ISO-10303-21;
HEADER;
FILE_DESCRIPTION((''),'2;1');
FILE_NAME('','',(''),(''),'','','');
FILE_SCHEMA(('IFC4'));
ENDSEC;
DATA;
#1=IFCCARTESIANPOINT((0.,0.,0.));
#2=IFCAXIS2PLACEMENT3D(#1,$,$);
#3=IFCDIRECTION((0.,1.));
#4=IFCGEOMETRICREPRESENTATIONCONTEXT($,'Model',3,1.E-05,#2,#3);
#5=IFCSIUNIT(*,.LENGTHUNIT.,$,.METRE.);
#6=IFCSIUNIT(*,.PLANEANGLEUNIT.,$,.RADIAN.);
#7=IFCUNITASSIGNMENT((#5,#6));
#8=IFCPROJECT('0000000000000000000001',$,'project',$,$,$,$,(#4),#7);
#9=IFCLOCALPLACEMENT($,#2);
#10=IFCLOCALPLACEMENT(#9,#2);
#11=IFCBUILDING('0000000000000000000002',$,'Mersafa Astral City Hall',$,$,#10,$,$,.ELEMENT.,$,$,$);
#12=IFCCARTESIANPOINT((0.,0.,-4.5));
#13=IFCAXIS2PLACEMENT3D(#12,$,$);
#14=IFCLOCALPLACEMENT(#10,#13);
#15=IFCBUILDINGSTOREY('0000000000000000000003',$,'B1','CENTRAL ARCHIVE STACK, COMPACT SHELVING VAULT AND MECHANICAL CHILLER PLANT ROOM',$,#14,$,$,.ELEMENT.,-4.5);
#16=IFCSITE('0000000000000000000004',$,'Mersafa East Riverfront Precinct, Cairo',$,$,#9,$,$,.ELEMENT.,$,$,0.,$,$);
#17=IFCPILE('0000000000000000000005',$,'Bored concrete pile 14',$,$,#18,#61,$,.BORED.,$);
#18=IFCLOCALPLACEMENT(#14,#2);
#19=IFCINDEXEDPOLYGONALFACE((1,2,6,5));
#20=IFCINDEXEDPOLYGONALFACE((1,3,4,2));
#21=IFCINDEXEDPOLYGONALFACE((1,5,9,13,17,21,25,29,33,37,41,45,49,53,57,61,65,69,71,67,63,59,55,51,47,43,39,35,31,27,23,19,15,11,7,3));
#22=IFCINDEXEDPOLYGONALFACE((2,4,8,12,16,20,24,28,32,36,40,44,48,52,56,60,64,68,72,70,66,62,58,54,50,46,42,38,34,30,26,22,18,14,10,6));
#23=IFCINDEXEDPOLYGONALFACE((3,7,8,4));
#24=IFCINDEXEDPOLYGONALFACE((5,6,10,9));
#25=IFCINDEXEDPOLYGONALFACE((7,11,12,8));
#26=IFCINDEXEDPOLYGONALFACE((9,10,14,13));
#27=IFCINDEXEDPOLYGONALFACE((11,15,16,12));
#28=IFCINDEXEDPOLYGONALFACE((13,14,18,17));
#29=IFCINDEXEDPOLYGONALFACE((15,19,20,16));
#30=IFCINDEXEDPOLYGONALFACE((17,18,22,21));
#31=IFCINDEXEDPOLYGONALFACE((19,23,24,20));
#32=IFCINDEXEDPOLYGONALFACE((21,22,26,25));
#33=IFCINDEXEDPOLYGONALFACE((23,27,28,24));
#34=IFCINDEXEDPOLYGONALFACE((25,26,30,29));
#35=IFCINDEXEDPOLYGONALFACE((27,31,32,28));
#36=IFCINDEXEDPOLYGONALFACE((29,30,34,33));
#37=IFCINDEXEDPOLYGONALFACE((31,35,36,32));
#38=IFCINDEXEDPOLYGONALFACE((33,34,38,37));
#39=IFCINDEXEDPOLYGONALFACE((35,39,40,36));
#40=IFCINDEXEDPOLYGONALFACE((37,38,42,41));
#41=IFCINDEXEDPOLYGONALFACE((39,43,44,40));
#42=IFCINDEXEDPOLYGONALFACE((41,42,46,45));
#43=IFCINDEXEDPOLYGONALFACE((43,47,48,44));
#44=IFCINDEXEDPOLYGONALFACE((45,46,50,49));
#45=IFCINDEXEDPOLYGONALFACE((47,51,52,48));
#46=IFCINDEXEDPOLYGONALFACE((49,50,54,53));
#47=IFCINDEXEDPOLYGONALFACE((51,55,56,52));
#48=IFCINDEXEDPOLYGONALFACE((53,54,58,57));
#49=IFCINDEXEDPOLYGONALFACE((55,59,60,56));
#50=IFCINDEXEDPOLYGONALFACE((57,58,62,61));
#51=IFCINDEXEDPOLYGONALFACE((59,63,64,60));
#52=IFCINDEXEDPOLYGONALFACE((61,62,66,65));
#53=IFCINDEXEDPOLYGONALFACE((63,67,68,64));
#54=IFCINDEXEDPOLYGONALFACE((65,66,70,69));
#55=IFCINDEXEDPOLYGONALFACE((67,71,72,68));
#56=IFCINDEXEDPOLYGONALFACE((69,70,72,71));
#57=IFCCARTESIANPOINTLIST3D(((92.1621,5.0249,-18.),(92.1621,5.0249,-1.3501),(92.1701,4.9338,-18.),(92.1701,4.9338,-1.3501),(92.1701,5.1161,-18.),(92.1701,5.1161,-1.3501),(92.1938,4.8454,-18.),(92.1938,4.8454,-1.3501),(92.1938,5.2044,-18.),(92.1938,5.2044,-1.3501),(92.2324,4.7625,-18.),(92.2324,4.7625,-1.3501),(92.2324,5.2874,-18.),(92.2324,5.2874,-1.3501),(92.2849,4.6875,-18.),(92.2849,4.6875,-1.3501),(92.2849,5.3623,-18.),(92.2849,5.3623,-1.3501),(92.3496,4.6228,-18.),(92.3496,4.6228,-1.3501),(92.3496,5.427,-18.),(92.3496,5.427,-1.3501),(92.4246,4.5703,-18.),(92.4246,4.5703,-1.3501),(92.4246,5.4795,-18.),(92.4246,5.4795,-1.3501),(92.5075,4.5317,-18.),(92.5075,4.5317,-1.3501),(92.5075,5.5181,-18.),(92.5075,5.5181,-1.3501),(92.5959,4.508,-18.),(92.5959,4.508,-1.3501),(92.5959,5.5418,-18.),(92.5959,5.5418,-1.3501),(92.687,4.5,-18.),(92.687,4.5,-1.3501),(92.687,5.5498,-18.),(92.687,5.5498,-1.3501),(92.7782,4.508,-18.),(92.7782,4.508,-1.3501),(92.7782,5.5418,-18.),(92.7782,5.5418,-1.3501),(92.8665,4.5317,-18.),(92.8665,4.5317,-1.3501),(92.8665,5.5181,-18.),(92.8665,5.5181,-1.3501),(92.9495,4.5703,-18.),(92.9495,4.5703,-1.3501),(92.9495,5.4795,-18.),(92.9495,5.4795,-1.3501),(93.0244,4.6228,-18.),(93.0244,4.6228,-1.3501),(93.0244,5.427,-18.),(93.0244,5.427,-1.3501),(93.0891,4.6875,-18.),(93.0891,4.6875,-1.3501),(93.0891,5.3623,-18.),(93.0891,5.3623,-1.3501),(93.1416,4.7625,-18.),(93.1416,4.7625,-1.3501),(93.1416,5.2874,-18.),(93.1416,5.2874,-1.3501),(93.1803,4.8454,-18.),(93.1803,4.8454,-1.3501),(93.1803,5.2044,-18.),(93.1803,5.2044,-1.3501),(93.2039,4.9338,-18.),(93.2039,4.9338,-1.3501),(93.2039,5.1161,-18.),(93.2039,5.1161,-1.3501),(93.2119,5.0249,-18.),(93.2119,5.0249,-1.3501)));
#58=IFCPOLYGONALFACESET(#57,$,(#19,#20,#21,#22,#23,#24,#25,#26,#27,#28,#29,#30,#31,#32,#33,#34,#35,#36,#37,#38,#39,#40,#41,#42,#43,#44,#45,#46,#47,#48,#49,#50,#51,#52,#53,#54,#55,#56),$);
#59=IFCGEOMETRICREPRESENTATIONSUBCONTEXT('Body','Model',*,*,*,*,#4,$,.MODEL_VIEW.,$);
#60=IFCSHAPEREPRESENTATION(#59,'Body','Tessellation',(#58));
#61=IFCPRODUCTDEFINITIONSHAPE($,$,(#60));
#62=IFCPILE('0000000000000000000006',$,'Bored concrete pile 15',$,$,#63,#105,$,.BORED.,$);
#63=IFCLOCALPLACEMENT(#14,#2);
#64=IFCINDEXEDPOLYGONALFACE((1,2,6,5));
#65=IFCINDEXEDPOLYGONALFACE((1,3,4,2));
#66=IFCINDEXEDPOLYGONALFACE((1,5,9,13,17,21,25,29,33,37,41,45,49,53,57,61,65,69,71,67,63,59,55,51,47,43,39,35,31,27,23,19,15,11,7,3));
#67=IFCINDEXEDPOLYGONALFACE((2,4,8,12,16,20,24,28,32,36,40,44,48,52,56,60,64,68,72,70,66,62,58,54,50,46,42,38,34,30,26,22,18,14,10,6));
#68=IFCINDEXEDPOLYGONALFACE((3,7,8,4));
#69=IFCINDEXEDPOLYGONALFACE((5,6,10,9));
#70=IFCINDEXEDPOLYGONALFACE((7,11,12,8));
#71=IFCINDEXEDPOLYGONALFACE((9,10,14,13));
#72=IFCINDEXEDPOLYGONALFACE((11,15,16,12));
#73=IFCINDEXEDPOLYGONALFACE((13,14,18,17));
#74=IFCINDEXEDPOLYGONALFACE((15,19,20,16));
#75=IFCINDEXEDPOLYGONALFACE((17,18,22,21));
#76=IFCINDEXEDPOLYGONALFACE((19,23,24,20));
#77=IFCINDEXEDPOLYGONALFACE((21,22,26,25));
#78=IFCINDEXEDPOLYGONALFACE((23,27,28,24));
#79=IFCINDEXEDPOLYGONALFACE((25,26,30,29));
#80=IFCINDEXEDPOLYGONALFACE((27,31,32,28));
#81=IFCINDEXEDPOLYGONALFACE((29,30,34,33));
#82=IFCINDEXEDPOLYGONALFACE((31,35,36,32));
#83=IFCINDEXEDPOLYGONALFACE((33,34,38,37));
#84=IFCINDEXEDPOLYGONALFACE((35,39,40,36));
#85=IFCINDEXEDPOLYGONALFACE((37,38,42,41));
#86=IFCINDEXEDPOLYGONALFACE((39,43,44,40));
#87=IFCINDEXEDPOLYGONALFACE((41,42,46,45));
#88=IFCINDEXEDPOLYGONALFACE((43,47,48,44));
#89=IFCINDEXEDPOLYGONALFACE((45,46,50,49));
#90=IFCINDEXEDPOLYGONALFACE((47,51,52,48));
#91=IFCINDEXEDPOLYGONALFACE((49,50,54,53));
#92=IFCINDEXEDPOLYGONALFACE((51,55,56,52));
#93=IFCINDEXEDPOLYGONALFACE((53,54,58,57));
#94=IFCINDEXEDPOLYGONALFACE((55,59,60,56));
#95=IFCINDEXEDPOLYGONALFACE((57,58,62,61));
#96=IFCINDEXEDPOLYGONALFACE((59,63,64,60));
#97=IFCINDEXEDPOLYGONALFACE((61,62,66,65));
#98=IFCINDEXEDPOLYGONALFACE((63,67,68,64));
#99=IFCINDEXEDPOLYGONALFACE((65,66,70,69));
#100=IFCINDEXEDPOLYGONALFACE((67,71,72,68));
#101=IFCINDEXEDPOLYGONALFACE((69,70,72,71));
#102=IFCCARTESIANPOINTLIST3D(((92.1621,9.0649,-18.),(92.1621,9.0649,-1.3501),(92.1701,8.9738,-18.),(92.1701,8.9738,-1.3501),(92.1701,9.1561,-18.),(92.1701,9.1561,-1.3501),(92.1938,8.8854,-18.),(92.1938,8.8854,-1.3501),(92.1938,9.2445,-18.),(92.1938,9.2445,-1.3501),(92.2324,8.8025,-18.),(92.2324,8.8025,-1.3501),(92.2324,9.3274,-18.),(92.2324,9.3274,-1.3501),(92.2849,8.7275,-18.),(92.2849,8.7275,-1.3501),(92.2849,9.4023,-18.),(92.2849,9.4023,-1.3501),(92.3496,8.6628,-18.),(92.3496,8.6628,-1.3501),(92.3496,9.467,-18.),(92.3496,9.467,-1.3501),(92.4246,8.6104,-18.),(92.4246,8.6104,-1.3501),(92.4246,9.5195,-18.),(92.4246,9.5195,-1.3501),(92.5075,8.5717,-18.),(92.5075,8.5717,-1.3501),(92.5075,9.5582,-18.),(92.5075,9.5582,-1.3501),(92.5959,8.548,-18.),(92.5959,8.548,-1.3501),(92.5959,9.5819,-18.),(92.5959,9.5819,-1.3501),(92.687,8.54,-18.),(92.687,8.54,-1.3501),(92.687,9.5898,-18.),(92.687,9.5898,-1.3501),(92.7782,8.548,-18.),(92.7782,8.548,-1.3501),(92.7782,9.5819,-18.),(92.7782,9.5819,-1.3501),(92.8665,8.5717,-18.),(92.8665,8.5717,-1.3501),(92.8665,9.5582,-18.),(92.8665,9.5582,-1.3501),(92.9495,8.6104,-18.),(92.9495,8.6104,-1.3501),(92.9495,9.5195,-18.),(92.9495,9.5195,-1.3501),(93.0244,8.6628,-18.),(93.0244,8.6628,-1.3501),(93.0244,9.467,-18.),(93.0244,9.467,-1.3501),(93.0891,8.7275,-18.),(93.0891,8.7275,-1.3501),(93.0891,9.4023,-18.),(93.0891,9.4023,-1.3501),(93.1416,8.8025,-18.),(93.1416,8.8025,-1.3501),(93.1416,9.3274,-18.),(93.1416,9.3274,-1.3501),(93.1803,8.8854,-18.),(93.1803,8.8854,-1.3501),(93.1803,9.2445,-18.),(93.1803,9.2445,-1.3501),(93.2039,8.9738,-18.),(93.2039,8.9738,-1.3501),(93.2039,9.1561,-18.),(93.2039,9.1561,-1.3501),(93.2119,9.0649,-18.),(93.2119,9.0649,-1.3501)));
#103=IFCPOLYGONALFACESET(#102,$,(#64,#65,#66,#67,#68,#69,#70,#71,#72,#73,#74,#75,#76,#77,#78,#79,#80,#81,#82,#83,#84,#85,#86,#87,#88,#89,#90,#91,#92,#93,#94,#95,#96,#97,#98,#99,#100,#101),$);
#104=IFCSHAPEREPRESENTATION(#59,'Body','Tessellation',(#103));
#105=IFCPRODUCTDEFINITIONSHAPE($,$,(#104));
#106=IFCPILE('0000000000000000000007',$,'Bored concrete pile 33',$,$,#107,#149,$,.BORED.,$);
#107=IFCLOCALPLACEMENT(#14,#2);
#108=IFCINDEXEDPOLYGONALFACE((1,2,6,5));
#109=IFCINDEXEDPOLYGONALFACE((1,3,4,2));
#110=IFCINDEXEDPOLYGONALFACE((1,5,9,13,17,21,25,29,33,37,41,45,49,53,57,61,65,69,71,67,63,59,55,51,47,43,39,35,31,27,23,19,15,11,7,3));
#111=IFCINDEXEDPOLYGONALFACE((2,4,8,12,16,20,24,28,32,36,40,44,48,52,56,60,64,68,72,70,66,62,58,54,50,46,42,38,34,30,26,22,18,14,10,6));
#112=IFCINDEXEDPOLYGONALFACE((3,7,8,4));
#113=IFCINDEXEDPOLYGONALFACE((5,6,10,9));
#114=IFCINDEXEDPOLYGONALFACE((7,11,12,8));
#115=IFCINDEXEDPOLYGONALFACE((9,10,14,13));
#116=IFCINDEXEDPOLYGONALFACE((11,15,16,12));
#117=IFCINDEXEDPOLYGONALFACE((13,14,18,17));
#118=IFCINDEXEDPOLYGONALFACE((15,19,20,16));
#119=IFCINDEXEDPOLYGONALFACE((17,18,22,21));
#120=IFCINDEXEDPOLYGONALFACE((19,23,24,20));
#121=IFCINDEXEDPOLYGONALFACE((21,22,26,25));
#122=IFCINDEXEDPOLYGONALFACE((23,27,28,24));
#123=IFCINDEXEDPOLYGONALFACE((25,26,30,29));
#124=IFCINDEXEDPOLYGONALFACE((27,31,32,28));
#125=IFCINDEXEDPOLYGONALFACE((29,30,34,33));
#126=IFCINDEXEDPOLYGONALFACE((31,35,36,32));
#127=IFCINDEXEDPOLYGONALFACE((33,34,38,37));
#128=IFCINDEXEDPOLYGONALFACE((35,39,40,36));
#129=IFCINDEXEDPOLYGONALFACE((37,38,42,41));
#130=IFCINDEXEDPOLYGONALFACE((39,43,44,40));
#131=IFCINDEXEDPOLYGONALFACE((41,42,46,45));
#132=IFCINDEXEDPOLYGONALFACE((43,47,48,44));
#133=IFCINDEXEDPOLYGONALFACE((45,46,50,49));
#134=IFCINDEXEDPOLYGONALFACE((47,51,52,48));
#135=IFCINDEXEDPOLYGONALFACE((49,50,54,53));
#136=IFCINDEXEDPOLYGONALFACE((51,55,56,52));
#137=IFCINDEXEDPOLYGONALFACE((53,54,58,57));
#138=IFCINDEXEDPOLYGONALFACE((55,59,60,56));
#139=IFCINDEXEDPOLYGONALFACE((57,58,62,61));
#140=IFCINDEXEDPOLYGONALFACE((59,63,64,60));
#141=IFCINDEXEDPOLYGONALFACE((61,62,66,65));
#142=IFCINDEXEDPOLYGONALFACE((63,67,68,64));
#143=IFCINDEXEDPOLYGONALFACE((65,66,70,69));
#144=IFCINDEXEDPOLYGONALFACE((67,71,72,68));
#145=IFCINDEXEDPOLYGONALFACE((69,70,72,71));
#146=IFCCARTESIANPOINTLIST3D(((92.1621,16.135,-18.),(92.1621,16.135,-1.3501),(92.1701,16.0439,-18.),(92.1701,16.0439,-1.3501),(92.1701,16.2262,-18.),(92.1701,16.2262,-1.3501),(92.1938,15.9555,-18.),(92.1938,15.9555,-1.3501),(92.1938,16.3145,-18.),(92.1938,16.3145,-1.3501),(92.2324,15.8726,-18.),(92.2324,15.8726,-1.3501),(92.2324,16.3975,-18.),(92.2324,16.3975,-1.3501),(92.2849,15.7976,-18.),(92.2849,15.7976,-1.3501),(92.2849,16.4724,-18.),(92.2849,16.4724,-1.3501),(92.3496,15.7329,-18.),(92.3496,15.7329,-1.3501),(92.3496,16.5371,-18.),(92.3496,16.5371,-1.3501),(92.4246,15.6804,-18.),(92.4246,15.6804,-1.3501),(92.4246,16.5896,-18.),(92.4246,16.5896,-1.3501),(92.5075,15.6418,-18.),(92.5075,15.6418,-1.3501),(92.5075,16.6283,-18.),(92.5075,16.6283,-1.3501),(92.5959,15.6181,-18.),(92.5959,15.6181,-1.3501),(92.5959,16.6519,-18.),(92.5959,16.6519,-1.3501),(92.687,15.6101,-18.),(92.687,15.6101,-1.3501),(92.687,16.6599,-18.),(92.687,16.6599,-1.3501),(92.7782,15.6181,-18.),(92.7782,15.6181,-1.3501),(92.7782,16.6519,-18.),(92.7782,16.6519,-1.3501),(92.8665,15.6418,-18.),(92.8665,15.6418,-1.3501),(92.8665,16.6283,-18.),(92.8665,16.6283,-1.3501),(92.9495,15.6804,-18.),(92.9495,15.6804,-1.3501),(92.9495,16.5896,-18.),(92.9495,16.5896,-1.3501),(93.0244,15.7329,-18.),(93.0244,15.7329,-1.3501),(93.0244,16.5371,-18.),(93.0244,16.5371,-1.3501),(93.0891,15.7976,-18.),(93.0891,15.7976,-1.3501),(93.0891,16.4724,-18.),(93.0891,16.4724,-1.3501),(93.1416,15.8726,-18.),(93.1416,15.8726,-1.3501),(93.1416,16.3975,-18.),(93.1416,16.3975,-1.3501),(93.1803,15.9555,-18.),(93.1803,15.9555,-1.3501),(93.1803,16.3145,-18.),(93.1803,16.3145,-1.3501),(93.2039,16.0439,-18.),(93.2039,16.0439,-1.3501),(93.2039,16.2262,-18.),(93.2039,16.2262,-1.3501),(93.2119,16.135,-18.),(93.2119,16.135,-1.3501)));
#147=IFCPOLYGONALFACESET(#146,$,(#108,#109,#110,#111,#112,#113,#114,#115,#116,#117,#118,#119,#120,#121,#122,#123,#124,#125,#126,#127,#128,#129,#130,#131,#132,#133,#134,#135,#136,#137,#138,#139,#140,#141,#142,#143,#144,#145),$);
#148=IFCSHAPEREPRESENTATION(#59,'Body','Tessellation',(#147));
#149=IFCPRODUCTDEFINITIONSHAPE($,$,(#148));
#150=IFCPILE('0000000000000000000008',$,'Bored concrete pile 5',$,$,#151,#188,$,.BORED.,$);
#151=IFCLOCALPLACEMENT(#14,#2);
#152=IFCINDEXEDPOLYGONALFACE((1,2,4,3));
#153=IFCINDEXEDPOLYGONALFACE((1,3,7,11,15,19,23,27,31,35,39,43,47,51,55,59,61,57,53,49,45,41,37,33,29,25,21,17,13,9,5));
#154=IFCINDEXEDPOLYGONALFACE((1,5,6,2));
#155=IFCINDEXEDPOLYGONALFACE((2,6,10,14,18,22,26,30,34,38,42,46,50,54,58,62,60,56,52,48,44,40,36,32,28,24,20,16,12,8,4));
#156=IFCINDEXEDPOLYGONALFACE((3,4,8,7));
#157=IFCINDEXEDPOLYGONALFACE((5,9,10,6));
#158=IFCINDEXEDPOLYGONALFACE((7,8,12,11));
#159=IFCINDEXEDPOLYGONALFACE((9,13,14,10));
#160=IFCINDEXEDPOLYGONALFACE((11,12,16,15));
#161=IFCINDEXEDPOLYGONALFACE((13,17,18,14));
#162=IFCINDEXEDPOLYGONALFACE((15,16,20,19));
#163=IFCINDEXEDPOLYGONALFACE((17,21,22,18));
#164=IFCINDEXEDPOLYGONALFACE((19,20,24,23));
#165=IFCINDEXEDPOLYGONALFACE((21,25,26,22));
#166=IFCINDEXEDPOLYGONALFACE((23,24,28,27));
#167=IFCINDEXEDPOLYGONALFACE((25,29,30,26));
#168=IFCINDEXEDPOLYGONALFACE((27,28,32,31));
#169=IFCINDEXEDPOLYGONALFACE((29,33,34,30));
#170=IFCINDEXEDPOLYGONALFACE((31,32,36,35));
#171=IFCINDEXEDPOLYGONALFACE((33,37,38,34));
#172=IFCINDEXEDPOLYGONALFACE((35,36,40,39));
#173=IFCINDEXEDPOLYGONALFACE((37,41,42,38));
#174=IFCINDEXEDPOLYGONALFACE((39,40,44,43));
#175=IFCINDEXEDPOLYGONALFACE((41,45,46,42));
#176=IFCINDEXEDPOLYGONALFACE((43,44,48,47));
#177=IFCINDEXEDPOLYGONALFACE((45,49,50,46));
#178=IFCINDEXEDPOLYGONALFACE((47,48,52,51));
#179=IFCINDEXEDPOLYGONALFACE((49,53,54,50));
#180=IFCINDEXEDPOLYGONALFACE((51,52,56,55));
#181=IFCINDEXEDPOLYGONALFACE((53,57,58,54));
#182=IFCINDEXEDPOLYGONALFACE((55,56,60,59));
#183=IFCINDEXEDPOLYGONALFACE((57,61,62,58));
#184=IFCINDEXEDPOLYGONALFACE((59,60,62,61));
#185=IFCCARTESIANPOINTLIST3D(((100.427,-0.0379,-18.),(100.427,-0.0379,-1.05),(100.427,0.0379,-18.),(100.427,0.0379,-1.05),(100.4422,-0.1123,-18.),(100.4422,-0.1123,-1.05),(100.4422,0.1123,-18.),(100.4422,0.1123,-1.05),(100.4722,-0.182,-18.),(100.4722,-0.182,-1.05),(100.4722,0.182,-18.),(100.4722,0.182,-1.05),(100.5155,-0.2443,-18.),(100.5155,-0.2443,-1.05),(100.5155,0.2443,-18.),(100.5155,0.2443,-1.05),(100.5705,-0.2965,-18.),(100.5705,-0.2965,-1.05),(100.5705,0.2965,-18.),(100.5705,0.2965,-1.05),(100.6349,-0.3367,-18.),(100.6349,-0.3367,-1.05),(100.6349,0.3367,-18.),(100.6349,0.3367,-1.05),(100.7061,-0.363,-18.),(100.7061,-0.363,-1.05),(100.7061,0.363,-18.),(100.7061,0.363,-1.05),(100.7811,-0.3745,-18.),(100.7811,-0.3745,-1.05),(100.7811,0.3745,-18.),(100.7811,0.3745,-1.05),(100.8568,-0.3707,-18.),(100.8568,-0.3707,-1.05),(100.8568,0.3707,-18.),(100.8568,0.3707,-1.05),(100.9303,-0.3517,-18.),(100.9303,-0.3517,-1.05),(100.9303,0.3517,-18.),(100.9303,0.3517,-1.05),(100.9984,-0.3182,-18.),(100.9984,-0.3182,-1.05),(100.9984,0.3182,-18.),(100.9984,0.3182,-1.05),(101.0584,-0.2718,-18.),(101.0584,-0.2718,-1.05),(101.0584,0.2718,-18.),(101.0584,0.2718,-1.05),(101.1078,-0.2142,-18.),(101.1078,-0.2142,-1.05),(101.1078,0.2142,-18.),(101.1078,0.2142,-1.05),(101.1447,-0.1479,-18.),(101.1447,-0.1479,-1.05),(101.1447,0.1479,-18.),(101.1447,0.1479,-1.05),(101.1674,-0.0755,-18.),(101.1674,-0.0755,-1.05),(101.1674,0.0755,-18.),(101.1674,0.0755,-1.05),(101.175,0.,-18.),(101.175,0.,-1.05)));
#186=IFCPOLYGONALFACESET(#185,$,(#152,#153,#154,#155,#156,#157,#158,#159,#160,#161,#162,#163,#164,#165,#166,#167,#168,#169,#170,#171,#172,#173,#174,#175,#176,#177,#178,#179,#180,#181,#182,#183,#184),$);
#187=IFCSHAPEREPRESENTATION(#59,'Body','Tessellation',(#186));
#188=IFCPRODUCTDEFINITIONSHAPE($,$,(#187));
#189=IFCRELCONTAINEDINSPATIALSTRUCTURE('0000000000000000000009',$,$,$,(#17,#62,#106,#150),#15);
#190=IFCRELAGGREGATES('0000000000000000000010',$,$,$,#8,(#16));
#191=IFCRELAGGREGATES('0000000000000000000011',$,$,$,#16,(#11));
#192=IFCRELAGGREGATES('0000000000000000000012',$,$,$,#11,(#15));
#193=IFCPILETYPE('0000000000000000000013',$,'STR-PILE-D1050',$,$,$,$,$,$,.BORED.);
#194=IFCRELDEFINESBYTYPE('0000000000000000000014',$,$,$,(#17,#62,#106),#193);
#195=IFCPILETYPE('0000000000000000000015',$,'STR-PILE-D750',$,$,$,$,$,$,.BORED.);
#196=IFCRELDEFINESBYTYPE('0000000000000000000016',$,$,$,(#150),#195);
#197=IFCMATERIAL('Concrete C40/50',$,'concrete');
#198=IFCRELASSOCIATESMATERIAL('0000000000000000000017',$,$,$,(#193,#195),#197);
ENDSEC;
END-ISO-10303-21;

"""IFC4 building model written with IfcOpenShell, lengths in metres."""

from ifc_helpers import new_model, si_unit, direction, frame, origin, origin_2d, place, context, subcontext, project, spatial, circle, extrude, material, material_profile, profile_set, type_object, element, save


model = new_model("IFC4")

# Units and contexts
model_context = context("Model", 3, precision=1e-05, world=origin(), true_north=direction((0.0, 1.0)))
body_context = subcontext(model_context, "Body", "Model", "MODEL_VIEW")
ifc_project = project(units=[si_unit("LENGTHUNIT", "METRE"), si_unit("PLANEANGLEUNIT", "RADIAN")], contexts=[model_context])

# Site, building, storey
site_placement = place(None, origin())
site = spatial("IfcSite", under=ifc_project, at=site_placement, Name="Mersafa East Riverfront Precinct, Cairo", CompositionType="ELEMENT", RefElevation=0.0)
building_placement = place(site_placement, origin())
building = spatial("IfcBuilding", under=site, at=building_placement, Name="Mersafa Astral City Hall", CompositionType="ELEMENT")
storey_placement = place(building_placement, frame((0.0, 0.0, -4.5)))
storey = spatial("IfcBuildingStorey", under=building, at=storey_placement, Name="B1", Description="CENTRAL ARCHIVE STACK, COMPACT SHELVING VAULT AND MECHANICAL CHILLER PLANT ROOM", CompositionType="ELEMENT", Elevation=-4.5)

# Shared definitions
ifc_material = material(Name="Concrete C40/50", Category="concrete")

# Piles
ifc_material_profile_1 = material_profile(ifc_material, circle(Radius=0.5249, at=origin_2d()), Name="PILE D1050")
ifc_profile_set_1 = profile_set([ifc_material_profile_1], Name="Concrete C40/50")
pile_type_1 = type_object("IfcPileType", Name="STR-PILE-D1050", PredefinedType="BORED", material=ifc_profile_set_1)
for number, where, z_axis, x_axis, name in (
    (1, (92.687, 5.0249, -1.3501), (0.0, 0.0, -1.0), (1.0, 0.0, 0.0), "Bored concrete pile 14"),
    (2, (92.687, 9.0649, -1.3501), (0.0, 0.0, -1.0), (1.0, 0.0, 0.0), "Bored concrete pile 15"),
    (3, (92.687, 16.135, -1.3501), (0.0, 0.0, -1.0), (1.0, 0.0, 0.0), "Bored concrete pile 33"),
):
    element("IfcPile", number, at=place(storey_placement, frame(where, z_axis=z_axis, x_axis=x_axis)), inside=storey, type_object=pile_type_1, Name=name, PredefinedType="BORED", context=body_context, shape_type="SweptSolid", body=[
        extrude(circle(Radius=0.5249, at=origin_2d()), origin(), (0.0, 0.0, 1.0), 16.6499),
    ])
ifc_material_profile_2 = material_profile(ifc_material, circle(Radius=0.375, at=origin_2d()), Name="PILE D750")
ifc_profile_set_2 = profile_set([ifc_material_profile_2], Name="Concrete C40/50")
pile_type_2 = type_object("IfcPileType", Name="STR-PILE-D750", PredefinedType="BORED", material=ifc_profile_set_2)
for number, where, z_axis, x_axis, name in (
    (4, (100.8, 0.0, -1.05), (0.0, 0.0, -1.0), (1.0, 0.0, 0.0), "Bored concrete pile 5"),
):
    element("IfcPile", number, at=place(storey_placement, frame(where, z_axis=z_axis, x_axis=x_axis)), inside=storey, type_object=pile_type_2, Name=name, PredefinedType="BORED", context=body_context, shape_type="SweptSolid", body=[
        extrude(circle(Radius=0.375, at=origin_2d()), origin(), (0.0, 0.0, 1.0), 16.95),
    ])

save(model, "model.ifc")
